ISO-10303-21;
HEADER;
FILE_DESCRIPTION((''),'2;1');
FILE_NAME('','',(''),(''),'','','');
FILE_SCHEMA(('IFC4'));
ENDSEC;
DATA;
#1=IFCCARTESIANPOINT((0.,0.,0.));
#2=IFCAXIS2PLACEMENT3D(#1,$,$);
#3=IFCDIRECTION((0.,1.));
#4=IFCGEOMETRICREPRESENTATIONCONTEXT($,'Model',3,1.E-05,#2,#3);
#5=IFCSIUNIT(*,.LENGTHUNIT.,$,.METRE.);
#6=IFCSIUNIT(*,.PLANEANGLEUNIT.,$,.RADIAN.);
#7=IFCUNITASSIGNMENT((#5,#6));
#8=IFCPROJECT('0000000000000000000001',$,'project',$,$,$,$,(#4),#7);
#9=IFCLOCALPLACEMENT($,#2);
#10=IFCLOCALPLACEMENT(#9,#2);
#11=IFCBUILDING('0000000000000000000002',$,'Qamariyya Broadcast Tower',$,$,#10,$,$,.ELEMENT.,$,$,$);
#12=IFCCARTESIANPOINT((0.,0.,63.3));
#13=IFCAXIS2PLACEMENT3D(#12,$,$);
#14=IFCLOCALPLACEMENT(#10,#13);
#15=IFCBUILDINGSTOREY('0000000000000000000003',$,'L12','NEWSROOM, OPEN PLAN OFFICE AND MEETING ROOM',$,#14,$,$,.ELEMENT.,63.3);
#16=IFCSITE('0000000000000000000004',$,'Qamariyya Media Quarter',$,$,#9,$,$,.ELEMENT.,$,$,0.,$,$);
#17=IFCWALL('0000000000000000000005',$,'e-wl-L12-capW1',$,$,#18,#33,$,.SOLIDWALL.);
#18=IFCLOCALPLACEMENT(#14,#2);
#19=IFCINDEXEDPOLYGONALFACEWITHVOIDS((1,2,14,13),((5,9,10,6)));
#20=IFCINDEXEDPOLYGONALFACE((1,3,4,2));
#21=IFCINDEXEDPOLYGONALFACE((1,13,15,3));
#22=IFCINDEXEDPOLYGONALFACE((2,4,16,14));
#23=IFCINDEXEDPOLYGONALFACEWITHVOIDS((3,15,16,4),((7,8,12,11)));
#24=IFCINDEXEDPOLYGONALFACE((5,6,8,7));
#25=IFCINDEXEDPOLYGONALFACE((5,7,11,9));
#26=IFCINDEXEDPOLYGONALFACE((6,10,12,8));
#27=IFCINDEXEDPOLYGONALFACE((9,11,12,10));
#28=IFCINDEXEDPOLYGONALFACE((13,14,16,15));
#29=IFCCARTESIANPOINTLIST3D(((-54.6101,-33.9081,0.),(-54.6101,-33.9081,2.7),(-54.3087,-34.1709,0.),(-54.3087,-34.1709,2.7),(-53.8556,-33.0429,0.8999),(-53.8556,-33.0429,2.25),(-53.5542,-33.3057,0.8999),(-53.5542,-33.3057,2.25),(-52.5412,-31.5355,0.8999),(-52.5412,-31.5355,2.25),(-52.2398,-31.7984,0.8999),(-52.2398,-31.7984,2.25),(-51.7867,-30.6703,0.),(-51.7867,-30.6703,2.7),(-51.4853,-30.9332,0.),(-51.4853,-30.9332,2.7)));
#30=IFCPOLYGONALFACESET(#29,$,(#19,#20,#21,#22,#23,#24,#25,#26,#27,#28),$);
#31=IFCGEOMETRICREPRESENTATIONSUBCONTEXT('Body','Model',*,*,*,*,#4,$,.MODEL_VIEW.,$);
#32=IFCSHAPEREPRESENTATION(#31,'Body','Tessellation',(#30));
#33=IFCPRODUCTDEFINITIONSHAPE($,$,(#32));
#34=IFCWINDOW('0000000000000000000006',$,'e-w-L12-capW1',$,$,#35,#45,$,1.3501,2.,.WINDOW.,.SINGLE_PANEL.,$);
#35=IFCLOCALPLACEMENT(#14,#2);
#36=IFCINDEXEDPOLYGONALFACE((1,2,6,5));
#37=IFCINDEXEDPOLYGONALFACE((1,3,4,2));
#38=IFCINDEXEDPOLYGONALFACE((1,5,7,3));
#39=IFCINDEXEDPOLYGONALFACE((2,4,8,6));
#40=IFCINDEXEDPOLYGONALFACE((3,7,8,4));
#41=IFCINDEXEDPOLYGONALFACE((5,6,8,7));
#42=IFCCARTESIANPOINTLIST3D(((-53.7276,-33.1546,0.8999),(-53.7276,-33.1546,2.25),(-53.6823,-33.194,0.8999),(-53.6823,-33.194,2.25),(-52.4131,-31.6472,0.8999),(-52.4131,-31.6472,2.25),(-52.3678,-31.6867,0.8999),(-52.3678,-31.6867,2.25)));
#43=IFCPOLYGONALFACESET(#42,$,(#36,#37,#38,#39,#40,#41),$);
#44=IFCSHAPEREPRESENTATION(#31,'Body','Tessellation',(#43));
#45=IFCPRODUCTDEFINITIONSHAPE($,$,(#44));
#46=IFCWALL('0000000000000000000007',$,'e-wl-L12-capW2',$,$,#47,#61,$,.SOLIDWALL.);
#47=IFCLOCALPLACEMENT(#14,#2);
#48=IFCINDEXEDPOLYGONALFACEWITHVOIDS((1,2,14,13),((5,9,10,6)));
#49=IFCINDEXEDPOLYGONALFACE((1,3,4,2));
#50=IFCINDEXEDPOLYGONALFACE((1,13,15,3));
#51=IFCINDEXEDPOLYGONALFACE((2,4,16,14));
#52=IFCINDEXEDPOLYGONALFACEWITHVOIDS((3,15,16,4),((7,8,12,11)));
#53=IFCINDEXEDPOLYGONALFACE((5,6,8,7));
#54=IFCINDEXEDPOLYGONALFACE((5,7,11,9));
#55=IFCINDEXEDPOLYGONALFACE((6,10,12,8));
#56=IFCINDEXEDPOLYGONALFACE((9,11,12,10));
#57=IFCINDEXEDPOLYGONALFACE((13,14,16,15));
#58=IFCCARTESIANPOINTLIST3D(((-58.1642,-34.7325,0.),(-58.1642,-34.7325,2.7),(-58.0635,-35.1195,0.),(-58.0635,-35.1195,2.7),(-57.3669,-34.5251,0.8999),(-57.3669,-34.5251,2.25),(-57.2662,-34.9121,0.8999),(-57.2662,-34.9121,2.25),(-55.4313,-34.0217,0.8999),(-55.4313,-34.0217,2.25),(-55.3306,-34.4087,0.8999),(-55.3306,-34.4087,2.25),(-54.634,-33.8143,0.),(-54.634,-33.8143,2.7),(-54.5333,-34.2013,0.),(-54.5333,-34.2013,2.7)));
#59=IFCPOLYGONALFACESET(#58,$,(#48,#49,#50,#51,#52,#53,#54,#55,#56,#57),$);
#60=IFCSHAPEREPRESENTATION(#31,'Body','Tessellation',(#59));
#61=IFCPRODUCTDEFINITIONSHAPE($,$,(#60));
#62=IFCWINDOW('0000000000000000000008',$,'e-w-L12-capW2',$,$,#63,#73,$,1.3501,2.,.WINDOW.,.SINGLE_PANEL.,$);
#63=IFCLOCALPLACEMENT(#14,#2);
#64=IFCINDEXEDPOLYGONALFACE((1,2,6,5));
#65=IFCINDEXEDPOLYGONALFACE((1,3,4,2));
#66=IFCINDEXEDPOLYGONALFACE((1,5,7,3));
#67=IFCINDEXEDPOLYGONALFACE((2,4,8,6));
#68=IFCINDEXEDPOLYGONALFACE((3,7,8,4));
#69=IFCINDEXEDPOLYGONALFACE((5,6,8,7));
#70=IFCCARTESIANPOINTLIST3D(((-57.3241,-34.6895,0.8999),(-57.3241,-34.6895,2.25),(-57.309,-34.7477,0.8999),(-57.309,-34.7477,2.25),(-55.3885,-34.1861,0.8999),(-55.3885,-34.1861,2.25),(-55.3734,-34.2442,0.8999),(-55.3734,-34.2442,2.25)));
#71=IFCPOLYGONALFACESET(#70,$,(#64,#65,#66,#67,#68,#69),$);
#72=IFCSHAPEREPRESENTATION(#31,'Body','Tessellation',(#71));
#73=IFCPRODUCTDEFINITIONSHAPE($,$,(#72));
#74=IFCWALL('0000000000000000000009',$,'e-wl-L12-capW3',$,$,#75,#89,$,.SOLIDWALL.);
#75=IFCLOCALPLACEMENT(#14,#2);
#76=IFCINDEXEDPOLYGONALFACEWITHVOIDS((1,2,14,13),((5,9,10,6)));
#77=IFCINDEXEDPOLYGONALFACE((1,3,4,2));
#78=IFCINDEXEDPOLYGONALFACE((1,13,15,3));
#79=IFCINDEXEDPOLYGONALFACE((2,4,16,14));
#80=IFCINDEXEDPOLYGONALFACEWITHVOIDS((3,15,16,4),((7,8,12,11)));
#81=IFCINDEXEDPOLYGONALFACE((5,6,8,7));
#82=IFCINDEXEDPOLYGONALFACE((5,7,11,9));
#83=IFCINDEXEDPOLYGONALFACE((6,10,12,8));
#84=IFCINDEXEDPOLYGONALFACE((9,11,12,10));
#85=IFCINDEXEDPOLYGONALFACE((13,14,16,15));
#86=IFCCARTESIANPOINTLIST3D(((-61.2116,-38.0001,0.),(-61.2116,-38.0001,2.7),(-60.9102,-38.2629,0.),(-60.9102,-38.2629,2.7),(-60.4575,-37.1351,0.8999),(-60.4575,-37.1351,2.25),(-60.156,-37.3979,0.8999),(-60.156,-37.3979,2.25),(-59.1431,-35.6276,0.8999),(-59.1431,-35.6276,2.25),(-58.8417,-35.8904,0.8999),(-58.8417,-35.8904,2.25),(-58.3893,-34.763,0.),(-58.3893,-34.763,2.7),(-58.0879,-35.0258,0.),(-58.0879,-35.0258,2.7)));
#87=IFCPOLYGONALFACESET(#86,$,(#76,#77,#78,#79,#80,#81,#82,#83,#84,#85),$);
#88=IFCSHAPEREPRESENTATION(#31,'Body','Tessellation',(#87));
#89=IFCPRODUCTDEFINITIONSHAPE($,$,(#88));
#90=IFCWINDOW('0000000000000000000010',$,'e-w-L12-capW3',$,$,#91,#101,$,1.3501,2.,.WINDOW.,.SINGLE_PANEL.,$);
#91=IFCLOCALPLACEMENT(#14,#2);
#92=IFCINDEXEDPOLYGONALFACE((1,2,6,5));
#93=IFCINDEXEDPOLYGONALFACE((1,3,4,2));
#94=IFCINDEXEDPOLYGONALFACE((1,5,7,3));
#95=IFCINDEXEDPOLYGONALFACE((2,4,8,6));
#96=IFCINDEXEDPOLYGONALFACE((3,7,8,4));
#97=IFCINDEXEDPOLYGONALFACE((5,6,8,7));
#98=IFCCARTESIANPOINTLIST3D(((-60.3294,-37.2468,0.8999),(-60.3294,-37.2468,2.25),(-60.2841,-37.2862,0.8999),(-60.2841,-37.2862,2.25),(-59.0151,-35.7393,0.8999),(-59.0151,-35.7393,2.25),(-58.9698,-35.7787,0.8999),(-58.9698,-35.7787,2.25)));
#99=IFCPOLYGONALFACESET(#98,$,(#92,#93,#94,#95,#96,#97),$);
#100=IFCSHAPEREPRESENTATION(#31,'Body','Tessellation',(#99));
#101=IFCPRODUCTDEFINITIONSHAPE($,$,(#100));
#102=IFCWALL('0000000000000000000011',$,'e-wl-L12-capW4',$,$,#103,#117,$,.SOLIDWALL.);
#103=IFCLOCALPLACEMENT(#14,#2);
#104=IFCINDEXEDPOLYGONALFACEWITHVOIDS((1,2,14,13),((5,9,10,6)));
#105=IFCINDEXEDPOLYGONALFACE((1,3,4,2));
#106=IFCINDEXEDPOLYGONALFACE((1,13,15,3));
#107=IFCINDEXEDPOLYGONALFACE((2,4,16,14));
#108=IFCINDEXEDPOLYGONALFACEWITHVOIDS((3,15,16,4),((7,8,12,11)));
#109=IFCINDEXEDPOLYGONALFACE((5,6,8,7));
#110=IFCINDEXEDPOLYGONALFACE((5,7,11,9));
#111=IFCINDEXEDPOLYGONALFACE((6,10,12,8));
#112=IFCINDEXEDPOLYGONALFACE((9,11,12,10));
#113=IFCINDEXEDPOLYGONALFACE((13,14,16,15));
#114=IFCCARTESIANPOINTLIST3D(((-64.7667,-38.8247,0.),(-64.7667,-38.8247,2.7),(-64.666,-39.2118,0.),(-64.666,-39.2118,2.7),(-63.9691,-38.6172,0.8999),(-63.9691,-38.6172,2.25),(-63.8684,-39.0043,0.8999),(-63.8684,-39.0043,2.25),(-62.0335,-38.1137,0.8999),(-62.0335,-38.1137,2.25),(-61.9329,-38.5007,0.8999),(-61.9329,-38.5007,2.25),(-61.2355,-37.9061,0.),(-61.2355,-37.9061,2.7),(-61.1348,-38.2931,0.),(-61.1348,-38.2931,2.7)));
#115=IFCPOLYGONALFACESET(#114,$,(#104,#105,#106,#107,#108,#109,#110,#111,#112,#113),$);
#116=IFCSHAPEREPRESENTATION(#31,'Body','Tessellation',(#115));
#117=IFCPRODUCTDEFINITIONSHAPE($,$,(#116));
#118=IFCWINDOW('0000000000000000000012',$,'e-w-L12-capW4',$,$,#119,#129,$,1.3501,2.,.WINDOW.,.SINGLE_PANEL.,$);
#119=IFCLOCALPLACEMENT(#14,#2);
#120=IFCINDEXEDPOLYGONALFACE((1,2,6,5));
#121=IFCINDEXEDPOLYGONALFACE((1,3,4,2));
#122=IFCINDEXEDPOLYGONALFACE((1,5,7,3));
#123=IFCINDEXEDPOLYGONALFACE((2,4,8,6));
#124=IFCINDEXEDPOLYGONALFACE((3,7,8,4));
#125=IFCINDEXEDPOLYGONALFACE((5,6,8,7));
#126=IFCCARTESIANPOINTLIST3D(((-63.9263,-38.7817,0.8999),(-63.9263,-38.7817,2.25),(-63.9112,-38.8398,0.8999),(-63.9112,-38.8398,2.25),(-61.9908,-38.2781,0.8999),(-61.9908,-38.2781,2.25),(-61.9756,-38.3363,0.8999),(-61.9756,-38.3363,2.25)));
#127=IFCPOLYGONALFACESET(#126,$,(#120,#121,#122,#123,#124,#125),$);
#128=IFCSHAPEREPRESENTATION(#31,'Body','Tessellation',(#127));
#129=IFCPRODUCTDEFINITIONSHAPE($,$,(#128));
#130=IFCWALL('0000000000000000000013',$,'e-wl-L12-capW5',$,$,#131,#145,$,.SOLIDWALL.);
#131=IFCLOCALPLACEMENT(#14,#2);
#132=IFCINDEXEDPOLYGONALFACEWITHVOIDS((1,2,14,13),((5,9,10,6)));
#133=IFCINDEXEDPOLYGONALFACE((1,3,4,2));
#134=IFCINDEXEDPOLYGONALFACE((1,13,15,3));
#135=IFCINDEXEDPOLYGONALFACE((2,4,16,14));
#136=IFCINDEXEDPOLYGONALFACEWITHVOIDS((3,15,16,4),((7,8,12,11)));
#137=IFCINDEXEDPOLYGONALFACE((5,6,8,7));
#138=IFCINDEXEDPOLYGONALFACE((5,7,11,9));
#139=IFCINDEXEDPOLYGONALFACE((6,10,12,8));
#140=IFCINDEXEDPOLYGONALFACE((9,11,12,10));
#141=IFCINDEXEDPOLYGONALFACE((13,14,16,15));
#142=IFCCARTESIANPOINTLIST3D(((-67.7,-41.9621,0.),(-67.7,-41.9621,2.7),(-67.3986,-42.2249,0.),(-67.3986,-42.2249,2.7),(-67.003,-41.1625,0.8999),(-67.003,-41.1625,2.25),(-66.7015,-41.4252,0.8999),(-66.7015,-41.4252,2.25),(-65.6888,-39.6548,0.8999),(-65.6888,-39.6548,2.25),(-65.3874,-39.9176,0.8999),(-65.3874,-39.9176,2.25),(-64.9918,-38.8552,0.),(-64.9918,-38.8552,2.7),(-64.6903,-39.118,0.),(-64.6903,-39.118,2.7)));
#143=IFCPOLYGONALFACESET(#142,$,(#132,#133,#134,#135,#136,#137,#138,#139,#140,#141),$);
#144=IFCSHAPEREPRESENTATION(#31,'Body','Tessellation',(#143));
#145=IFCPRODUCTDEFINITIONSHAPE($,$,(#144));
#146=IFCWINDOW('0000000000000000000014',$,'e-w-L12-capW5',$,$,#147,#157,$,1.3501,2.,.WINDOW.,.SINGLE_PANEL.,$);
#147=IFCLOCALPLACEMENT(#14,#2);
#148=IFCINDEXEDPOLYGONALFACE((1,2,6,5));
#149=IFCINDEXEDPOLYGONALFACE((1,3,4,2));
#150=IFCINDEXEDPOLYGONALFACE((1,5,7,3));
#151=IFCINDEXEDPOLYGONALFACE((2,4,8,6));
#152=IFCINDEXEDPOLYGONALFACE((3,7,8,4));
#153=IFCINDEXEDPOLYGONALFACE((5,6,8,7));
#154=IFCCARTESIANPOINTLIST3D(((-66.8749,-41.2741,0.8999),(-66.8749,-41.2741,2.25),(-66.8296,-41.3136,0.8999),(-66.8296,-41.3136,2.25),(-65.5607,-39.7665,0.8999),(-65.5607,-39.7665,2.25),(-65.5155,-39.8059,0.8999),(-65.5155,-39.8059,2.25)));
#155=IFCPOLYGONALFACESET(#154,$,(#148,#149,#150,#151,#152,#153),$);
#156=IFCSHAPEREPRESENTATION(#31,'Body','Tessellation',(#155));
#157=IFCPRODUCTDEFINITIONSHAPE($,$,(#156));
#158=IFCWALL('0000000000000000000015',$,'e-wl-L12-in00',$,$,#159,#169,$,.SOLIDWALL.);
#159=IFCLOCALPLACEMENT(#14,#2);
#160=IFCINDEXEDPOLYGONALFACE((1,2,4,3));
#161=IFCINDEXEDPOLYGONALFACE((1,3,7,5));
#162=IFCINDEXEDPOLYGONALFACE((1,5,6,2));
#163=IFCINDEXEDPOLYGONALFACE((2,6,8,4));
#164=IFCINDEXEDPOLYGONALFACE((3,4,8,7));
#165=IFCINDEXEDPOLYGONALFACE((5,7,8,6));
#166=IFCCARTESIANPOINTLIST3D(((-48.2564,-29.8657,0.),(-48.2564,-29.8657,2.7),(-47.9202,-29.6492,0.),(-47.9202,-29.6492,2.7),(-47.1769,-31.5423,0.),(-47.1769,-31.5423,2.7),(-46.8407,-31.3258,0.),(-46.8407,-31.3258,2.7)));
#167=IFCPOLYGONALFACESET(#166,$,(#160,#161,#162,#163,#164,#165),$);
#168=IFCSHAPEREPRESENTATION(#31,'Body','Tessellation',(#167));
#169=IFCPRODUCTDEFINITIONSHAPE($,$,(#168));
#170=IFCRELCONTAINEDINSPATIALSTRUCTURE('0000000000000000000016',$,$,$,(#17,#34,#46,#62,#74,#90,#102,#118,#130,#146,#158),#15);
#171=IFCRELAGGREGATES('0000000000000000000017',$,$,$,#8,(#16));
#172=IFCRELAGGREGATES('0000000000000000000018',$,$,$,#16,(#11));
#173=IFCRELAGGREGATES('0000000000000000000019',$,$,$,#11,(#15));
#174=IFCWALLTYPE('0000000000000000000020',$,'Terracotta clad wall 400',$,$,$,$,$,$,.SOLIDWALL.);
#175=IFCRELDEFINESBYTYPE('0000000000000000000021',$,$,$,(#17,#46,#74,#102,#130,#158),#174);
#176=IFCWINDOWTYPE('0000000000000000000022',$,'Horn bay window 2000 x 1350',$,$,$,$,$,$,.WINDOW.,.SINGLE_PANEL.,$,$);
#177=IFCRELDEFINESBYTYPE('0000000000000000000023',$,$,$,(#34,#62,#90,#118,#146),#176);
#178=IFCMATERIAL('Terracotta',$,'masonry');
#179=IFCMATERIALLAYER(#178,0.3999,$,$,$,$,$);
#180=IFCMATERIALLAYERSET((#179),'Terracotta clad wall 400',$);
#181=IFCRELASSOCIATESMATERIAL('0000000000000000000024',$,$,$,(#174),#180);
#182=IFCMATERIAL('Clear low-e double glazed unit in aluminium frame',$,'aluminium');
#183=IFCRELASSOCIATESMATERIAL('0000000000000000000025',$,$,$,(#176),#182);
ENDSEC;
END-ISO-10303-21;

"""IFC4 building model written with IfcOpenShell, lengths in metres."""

from ifc_helpers import new_model, si_unit, direction, frame, frame_2d, origin, place, context, subcontext, project, spatial, rectangle, extrude, material, layer, layer_set, type_object, element, fill, save


model = new_model("IFC4")

# Units and contexts
model_context = context("Model", 3, precision=1e-05, world=origin(), true_north=direction((0.0, 1.0)))
body_context = subcontext(model_context, "Body", "Model", "MODEL_VIEW")
ifc_project = project(units=[si_unit("LENGTHUNIT", "METRE"), si_unit("PLANEANGLEUNIT", "RADIAN")], contexts=[model_context])

# Site, building, storey
site_placement = place(None, origin())
site = spatial("IfcSite", under=ifc_project, at=site_placement, Name="Qamariyya Media Quarter", CompositionType="ELEMENT", RefElevation=0.0)
building_placement = place(site_placement, origin())
building = spatial("IfcBuilding", under=site, at=building_placement, Name="Qamariyya Broadcast Tower", CompositionType="ELEMENT")
storey_placement = place(building_placement, frame((0.0, 0.0, 63.3)))
storey = spatial("IfcBuildingStorey", under=building, at=storey_placement, Name="L12", Description="NEWSROOM, OPEN PLAN OFFICE AND MEETING ROOM", CompositionType="ELEMENT", Elevation=63.3)

# Walls, openings, windows
ifc_material_1 = material(Name="Terracotta", Category="masonry")
ifc_layer = layer(ifc_material_1, 0.3999)
ifc_layer_set = layer_set([ifc_layer], Name="Terracotta clad wall 400")
wall_type = type_object("IfcWallType", Name="Terracotta clad wall 400", PredefinedType="SOLIDWALL", material=ifc_layer_set)
ifc_material_2 = material(Name="Clear low-e double glazed unit in aluminium frame", Category="aluminium")
window_type_1 = type_object("IfcWindowType", Name="Horn bay window 2000 x 1350", PartitioningType="SINGLE_PANEL", PredefinedType="WINDOW", material=ifc_material_2)
wall_1_placement = place(storey_placement, frame((-51.636, -30.8018, 0.0), z_axis=(0.0, 0.0, 1.0), x_axis=(-0.65724, -0.753681, 0.0)))
wall_1 = element("IfcWall", 1, at=wall_1_placement, inside=storey, type_object=wall_type, Name="e-wl-L12-capW1", PredefinedType="SOLIDWALL", context=body_context, shape_type="SweptSolid", body=[
    extrude(rectangle(XDim=4.2959, YDim=0.3999, at=frame_2d((2.1479, 0.0))), origin(), (0.0, 0.0, 1.0), 2.7),
])
opening_1_placement = place(wall_1_placement, frame((1.1479, 0.0, 0.8999)))
opening_1 = element("IfcOpeningElement", 2, at=opening_1_placement, cuts=wall_1, PredefinedType="OPENING", context=body_context, shape_type="SweptSolid", body=[
    extrude(rectangle(XDim=2.0, YDim=1.3501, at=frame_2d((1.0, 0.675))), frame((0.0, 0.21, 0.0), z_axis=(0.0, -1.0, 0.0), x_axis=(1.0, 0.0, 0.0)), (0.0, 0.0, 1.0), 0.4199),
])
window_1_placement = place(opening_1_placement, origin())
window_1 = element("IfcWindow", 3, at=window_1_placement, inside=storey, type_object=window_type_1, Name="e-w-L12-capW1", OverallHeight=1.3501, OverallWidth=2.0, PartitioningType="SINGLE_PANEL", PredefinedType="WINDOW", context=body_context, shape_type="SweptSolid", body=[
    extrude(rectangle(XDim=2.0, YDim=1.3501, at=frame_2d((1.0, 0.675))), frame((0.0, 0.03, 0.0), z_axis=(0.0, -1.0, 0.0), x_axis=(1.0, 0.0, 0.0)), (0.0, 0.0, 1.0), 0.0601),
])
fill(opening_1, window_1)
wall_2_placement = place(storey_placement, frame((-54.5837, -34.0078, 0.0), z_axis=(0.0, 0.0, 1.0), x_axis=(-0.9678, -0.251722, 0.0)))
wall_2 = element("IfcWall", 4, at=wall_2_placement, inside=storey, type_object=wall_type, Name="e-wl-L12-capW2", PredefinedType="SOLIDWALL", context=body_context, shape_type="SweptSolid", body=[
    extrude(rectangle(XDim=3.6477, YDim=0.3999, at=frame_2d((1.8237, 0.0))), origin(), (0.0, 0.0, 1.0), 2.7),
])
opening_2_placement = place(wall_2_placement, frame((0.8237, 0.0, 0.8999)))
opening_2 = element("IfcOpeningElement", 5, at=opening_2_placement, cuts=wall_2, PredefinedType="OPENING", context=body_context, shape_type="SweptSolid", body=[
    extrude(rectangle(XDim=2.0, YDim=1.3501, at=frame_2d((1.0, 0.675))), frame((0.0, 0.21, 0.0), z_axis=(0.0, -1.0, 0.0), x_axis=(1.0, 0.0, 0.0)), (0.0, 0.0, 1.0), 0.4199),
])
window_2_placement = place(opening_2_placement, origin())
window_2 = element("IfcWindow", 6, at=window_2_placement, inside=storey, type_object=window_type_1, Name="e-w-L12-capW2", OverallHeight=1.3501, OverallWidth=2.0, PartitioningType="SINGLE_PANEL", PredefinedType="WINDOW", context=body_context, shape_type="SweptSolid", body=[
    extrude(rectangle(XDim=2.0, YDim=1.3501, at=frame_2d((1.0, 0.675))), frame((0.0, 0.03, 0.0), z_axis=(0.0, -1.0, 0.0), x_axis=(1.0, 0.0, 0.0)), (0.0, 0.0, 1.0), 0.0601),
])
fill(opening_2, window_2)
wall_3_placement = place(storey_placement, frame((-58.2385, -34.8943, 0.0), z_axis=(0.0, 0.0, 1.0), x_axis=(-0.657163, -0.753748, 0.0)))
wall_3 = element("IfcWall", 7, at=wall_3_placement, inside=storey, type_object=wall_type, Name="e-wl-L12-capW3", PredefinedType="SOLIDWALL", context=body_context, shape_type="SweptSolid", body=[
    extrude(rectangle(XDim=4.2947, YDim=0.3999, at=frame_2d((2.1475, 0.0))), origin(), (0.0, 0.0, 1.0), 2.7),
])
opening_3_placement = place(wall_3_placement, frame((1.1472, 0.0, 0.8999)))
opening_3 = element("IfcOpeningElement", 8, at=opening_3_placement, cuts=wall_3, PredefinedType="OPENING", context=body_context, shape_type="SweptSolid", body=[
    extrude(rectangle(XDim=2.0, YDim=1.3501, at=frame_2d((1.0, 0.675))), frame((0.0, 0.21, 0.0), z_axis=(0.0, -1.0, 0.0), x_axis=(1.0, 0.0, 0.0)), (0.0, 0.0, 1.0), 0.4199),
])
window_3_placement = place(opening_3_placement, origin())
window_3 = element("IfcWindow", 9, at=window_3_placement, inside=storey, type_object=window_type_1, Name="e-w-L12-capW3", OverallHeight=1.3501, OverallWidth=2.0, PartitioningType="SINGLE_PANEL", PredefinedType="WINDOW", context=body_context, shape_type="SweptSolid", body=[
    extrude(rectangle(XDim=2.0, YDim=1.3501, at=frame_2d((1.0, 0.675))), frame((0.0, 0.03, 0.0), z_axis=(0.0, -1.0, 0.0), x_axis=(1.0, 0.0, 0.0)), (0.0, 0.0, 1.0), 0.0601),
])
fill(opening_3, window_3)
wall_4_placement = place(storey_placement, frame((-61.1853, -38.0996, 0.0), z_axis=(0.0, 0.0, 1.0), x_axis=(-0.967784, -0.251782, 0.0)))
wall_4 = element("IfcWall", 10, at=wall_4_placement, inside=storey, type_object=wall_type, Name="e-wl-L12-capW4", PredefinedType="SOLIDWALL", context=body_context, shape_type="SweptSolid", body=[
    extrude(rectangle(XDim=3.6487, YDim=0.3999, at=frame_2d((1.8242, 0.0))), origin(), (0.0, 0.0, 1.0), 2.7),
])
opening_4_placement = place(wall_4_placement, frame((0.8245, 0.0, 0.8999)))
opening_4 = element("IfcOpeningElement", 11, at=opening_4_placement, cuts=wall_4, PredefinedType="OPENING", context=body_context, shape_type="SweptSolid", body=[
    extrude(rectangle(XDim=2.0, YDim=1.3501, at=frame_2d((1.0, 0.675))), frame((0.0, 0.21, 0.0), z_axis=(0.0, -1.0, 0.0), x_axis=(1.0, 0.0, 0.0)), (0.0, 0.0, 1.0), 0.4199),
])
window_4_placement = place(opening_4_placement, origin())
window_4 = element("IfcWindow", 12, at=window_4_placement, inside=storey, type_object=window_type_1, Name="e-w-L12-capW4", OverallHeight=1.3501, OverallWidth=2.0, PartitioningType="SINGLE_PANEL", PredefinedType="WINDOW", context=body_context, shape_type="SweptSolid", body=[
    extrude(rectangle(XDim=2.0, YDim=1.3501, at=frame_2d((1.0, 0.675))), frame((0.0, 0.03, 0.0), z_axis=(0.0, -1.0, 0.0), x_axis=(1.0, 0.0, 0.0)), (0.0, 0.0, 1.0), 0.0601),
])
fill(opening_4, window_4)
wall_5_placement = place(storey_placement, frame((-64.8411, -38.9866, 0.0), z_axis=(0.0, 0.0, 1.0), x_axis=(-0.657086, -0.753816, 0.0)))
wall_5 = element("IfcWall", 13, at=wall_5_placement, inside=storey, type_object=wall_type, Name="e-wl-L12-capW5", PredefinedType="SOLIDWALL", context=body_context, shape_type="SweptSolid", body=[
    extrude(rectangle(XDim=4.1216, YDim=0.3999, at=frame_2d((2.0608, 0.0))), origin(), (0.0, 0.0, 1.0), 2.7),
])
opening_5_placement = place(wall_5_placement, frame((1.0608, 0.0, 0.8999)))
opening_5 = element("IfcOpeningElement", 14, at=opening_5_placement, cuts=wall_5, PredefinedType="OPENING", context=body_context, shape_type="SweptSolid", body=[
    extrude(rectangle(XDim=2.0, YDim=1.3501, at=frame_2d((1.0, 0.675))), frame((0.0, 0.21, 0.0), z_axis=(0.0, -1.0, 0.0), x_axis=(1.0, 0.0, 0.0)), (0.0, 0.0, 1.0), 0.4199),
])
window_5_placement = place(opening_5_placement, origin())
window_5 = element("IfcWindow", 15, at=window_5_placement, inside=storey, type_object=window_type_1, Name="e-w-L12-capW5", OverallHeight=1.3501, OverallWidth=2.0, PartitioningType="SINGLE_PANEL", PredefinedType="WINDOW", context=body_context, shape_type="SweptSolid", body=[
    extrude(rectangle(XDim=2.0, YDim=1.3501, at=frame_2d((1.0, 0.675))), frame((0.0, 0.03, 0.0), z_axis=(0.0, -1.0, 0.0), x_axis=(1.0, 0.0, 0.0)), (0.0, 0.0, 1.0), 0.0601),
])
fill(opening_5, window_5)

# Wall
wall_6_placement = place(storey_placement, frame((-47.0088, -31.4341, 0.0), z_axis=(0.0, 0.0, 1.0), x_axis=(-0.541351, 0.840796, 0.0)))
element("IfcWall", 16, at=wall_6_placement, inside=storey, type_object=wall_type, Name="e-wl-L12-in00", PredefinedType="SOLIDWALL", context=body_context, shape_type="SweptSolid", body=[
    extrude(rectangle(XDim=1.9941, YDim=0.3999, at=frame_2d((0.9971, 0.0))), origin(), (0.0, 0.0, 1.0), 2.7),
])

save(model, "model.ifc")
